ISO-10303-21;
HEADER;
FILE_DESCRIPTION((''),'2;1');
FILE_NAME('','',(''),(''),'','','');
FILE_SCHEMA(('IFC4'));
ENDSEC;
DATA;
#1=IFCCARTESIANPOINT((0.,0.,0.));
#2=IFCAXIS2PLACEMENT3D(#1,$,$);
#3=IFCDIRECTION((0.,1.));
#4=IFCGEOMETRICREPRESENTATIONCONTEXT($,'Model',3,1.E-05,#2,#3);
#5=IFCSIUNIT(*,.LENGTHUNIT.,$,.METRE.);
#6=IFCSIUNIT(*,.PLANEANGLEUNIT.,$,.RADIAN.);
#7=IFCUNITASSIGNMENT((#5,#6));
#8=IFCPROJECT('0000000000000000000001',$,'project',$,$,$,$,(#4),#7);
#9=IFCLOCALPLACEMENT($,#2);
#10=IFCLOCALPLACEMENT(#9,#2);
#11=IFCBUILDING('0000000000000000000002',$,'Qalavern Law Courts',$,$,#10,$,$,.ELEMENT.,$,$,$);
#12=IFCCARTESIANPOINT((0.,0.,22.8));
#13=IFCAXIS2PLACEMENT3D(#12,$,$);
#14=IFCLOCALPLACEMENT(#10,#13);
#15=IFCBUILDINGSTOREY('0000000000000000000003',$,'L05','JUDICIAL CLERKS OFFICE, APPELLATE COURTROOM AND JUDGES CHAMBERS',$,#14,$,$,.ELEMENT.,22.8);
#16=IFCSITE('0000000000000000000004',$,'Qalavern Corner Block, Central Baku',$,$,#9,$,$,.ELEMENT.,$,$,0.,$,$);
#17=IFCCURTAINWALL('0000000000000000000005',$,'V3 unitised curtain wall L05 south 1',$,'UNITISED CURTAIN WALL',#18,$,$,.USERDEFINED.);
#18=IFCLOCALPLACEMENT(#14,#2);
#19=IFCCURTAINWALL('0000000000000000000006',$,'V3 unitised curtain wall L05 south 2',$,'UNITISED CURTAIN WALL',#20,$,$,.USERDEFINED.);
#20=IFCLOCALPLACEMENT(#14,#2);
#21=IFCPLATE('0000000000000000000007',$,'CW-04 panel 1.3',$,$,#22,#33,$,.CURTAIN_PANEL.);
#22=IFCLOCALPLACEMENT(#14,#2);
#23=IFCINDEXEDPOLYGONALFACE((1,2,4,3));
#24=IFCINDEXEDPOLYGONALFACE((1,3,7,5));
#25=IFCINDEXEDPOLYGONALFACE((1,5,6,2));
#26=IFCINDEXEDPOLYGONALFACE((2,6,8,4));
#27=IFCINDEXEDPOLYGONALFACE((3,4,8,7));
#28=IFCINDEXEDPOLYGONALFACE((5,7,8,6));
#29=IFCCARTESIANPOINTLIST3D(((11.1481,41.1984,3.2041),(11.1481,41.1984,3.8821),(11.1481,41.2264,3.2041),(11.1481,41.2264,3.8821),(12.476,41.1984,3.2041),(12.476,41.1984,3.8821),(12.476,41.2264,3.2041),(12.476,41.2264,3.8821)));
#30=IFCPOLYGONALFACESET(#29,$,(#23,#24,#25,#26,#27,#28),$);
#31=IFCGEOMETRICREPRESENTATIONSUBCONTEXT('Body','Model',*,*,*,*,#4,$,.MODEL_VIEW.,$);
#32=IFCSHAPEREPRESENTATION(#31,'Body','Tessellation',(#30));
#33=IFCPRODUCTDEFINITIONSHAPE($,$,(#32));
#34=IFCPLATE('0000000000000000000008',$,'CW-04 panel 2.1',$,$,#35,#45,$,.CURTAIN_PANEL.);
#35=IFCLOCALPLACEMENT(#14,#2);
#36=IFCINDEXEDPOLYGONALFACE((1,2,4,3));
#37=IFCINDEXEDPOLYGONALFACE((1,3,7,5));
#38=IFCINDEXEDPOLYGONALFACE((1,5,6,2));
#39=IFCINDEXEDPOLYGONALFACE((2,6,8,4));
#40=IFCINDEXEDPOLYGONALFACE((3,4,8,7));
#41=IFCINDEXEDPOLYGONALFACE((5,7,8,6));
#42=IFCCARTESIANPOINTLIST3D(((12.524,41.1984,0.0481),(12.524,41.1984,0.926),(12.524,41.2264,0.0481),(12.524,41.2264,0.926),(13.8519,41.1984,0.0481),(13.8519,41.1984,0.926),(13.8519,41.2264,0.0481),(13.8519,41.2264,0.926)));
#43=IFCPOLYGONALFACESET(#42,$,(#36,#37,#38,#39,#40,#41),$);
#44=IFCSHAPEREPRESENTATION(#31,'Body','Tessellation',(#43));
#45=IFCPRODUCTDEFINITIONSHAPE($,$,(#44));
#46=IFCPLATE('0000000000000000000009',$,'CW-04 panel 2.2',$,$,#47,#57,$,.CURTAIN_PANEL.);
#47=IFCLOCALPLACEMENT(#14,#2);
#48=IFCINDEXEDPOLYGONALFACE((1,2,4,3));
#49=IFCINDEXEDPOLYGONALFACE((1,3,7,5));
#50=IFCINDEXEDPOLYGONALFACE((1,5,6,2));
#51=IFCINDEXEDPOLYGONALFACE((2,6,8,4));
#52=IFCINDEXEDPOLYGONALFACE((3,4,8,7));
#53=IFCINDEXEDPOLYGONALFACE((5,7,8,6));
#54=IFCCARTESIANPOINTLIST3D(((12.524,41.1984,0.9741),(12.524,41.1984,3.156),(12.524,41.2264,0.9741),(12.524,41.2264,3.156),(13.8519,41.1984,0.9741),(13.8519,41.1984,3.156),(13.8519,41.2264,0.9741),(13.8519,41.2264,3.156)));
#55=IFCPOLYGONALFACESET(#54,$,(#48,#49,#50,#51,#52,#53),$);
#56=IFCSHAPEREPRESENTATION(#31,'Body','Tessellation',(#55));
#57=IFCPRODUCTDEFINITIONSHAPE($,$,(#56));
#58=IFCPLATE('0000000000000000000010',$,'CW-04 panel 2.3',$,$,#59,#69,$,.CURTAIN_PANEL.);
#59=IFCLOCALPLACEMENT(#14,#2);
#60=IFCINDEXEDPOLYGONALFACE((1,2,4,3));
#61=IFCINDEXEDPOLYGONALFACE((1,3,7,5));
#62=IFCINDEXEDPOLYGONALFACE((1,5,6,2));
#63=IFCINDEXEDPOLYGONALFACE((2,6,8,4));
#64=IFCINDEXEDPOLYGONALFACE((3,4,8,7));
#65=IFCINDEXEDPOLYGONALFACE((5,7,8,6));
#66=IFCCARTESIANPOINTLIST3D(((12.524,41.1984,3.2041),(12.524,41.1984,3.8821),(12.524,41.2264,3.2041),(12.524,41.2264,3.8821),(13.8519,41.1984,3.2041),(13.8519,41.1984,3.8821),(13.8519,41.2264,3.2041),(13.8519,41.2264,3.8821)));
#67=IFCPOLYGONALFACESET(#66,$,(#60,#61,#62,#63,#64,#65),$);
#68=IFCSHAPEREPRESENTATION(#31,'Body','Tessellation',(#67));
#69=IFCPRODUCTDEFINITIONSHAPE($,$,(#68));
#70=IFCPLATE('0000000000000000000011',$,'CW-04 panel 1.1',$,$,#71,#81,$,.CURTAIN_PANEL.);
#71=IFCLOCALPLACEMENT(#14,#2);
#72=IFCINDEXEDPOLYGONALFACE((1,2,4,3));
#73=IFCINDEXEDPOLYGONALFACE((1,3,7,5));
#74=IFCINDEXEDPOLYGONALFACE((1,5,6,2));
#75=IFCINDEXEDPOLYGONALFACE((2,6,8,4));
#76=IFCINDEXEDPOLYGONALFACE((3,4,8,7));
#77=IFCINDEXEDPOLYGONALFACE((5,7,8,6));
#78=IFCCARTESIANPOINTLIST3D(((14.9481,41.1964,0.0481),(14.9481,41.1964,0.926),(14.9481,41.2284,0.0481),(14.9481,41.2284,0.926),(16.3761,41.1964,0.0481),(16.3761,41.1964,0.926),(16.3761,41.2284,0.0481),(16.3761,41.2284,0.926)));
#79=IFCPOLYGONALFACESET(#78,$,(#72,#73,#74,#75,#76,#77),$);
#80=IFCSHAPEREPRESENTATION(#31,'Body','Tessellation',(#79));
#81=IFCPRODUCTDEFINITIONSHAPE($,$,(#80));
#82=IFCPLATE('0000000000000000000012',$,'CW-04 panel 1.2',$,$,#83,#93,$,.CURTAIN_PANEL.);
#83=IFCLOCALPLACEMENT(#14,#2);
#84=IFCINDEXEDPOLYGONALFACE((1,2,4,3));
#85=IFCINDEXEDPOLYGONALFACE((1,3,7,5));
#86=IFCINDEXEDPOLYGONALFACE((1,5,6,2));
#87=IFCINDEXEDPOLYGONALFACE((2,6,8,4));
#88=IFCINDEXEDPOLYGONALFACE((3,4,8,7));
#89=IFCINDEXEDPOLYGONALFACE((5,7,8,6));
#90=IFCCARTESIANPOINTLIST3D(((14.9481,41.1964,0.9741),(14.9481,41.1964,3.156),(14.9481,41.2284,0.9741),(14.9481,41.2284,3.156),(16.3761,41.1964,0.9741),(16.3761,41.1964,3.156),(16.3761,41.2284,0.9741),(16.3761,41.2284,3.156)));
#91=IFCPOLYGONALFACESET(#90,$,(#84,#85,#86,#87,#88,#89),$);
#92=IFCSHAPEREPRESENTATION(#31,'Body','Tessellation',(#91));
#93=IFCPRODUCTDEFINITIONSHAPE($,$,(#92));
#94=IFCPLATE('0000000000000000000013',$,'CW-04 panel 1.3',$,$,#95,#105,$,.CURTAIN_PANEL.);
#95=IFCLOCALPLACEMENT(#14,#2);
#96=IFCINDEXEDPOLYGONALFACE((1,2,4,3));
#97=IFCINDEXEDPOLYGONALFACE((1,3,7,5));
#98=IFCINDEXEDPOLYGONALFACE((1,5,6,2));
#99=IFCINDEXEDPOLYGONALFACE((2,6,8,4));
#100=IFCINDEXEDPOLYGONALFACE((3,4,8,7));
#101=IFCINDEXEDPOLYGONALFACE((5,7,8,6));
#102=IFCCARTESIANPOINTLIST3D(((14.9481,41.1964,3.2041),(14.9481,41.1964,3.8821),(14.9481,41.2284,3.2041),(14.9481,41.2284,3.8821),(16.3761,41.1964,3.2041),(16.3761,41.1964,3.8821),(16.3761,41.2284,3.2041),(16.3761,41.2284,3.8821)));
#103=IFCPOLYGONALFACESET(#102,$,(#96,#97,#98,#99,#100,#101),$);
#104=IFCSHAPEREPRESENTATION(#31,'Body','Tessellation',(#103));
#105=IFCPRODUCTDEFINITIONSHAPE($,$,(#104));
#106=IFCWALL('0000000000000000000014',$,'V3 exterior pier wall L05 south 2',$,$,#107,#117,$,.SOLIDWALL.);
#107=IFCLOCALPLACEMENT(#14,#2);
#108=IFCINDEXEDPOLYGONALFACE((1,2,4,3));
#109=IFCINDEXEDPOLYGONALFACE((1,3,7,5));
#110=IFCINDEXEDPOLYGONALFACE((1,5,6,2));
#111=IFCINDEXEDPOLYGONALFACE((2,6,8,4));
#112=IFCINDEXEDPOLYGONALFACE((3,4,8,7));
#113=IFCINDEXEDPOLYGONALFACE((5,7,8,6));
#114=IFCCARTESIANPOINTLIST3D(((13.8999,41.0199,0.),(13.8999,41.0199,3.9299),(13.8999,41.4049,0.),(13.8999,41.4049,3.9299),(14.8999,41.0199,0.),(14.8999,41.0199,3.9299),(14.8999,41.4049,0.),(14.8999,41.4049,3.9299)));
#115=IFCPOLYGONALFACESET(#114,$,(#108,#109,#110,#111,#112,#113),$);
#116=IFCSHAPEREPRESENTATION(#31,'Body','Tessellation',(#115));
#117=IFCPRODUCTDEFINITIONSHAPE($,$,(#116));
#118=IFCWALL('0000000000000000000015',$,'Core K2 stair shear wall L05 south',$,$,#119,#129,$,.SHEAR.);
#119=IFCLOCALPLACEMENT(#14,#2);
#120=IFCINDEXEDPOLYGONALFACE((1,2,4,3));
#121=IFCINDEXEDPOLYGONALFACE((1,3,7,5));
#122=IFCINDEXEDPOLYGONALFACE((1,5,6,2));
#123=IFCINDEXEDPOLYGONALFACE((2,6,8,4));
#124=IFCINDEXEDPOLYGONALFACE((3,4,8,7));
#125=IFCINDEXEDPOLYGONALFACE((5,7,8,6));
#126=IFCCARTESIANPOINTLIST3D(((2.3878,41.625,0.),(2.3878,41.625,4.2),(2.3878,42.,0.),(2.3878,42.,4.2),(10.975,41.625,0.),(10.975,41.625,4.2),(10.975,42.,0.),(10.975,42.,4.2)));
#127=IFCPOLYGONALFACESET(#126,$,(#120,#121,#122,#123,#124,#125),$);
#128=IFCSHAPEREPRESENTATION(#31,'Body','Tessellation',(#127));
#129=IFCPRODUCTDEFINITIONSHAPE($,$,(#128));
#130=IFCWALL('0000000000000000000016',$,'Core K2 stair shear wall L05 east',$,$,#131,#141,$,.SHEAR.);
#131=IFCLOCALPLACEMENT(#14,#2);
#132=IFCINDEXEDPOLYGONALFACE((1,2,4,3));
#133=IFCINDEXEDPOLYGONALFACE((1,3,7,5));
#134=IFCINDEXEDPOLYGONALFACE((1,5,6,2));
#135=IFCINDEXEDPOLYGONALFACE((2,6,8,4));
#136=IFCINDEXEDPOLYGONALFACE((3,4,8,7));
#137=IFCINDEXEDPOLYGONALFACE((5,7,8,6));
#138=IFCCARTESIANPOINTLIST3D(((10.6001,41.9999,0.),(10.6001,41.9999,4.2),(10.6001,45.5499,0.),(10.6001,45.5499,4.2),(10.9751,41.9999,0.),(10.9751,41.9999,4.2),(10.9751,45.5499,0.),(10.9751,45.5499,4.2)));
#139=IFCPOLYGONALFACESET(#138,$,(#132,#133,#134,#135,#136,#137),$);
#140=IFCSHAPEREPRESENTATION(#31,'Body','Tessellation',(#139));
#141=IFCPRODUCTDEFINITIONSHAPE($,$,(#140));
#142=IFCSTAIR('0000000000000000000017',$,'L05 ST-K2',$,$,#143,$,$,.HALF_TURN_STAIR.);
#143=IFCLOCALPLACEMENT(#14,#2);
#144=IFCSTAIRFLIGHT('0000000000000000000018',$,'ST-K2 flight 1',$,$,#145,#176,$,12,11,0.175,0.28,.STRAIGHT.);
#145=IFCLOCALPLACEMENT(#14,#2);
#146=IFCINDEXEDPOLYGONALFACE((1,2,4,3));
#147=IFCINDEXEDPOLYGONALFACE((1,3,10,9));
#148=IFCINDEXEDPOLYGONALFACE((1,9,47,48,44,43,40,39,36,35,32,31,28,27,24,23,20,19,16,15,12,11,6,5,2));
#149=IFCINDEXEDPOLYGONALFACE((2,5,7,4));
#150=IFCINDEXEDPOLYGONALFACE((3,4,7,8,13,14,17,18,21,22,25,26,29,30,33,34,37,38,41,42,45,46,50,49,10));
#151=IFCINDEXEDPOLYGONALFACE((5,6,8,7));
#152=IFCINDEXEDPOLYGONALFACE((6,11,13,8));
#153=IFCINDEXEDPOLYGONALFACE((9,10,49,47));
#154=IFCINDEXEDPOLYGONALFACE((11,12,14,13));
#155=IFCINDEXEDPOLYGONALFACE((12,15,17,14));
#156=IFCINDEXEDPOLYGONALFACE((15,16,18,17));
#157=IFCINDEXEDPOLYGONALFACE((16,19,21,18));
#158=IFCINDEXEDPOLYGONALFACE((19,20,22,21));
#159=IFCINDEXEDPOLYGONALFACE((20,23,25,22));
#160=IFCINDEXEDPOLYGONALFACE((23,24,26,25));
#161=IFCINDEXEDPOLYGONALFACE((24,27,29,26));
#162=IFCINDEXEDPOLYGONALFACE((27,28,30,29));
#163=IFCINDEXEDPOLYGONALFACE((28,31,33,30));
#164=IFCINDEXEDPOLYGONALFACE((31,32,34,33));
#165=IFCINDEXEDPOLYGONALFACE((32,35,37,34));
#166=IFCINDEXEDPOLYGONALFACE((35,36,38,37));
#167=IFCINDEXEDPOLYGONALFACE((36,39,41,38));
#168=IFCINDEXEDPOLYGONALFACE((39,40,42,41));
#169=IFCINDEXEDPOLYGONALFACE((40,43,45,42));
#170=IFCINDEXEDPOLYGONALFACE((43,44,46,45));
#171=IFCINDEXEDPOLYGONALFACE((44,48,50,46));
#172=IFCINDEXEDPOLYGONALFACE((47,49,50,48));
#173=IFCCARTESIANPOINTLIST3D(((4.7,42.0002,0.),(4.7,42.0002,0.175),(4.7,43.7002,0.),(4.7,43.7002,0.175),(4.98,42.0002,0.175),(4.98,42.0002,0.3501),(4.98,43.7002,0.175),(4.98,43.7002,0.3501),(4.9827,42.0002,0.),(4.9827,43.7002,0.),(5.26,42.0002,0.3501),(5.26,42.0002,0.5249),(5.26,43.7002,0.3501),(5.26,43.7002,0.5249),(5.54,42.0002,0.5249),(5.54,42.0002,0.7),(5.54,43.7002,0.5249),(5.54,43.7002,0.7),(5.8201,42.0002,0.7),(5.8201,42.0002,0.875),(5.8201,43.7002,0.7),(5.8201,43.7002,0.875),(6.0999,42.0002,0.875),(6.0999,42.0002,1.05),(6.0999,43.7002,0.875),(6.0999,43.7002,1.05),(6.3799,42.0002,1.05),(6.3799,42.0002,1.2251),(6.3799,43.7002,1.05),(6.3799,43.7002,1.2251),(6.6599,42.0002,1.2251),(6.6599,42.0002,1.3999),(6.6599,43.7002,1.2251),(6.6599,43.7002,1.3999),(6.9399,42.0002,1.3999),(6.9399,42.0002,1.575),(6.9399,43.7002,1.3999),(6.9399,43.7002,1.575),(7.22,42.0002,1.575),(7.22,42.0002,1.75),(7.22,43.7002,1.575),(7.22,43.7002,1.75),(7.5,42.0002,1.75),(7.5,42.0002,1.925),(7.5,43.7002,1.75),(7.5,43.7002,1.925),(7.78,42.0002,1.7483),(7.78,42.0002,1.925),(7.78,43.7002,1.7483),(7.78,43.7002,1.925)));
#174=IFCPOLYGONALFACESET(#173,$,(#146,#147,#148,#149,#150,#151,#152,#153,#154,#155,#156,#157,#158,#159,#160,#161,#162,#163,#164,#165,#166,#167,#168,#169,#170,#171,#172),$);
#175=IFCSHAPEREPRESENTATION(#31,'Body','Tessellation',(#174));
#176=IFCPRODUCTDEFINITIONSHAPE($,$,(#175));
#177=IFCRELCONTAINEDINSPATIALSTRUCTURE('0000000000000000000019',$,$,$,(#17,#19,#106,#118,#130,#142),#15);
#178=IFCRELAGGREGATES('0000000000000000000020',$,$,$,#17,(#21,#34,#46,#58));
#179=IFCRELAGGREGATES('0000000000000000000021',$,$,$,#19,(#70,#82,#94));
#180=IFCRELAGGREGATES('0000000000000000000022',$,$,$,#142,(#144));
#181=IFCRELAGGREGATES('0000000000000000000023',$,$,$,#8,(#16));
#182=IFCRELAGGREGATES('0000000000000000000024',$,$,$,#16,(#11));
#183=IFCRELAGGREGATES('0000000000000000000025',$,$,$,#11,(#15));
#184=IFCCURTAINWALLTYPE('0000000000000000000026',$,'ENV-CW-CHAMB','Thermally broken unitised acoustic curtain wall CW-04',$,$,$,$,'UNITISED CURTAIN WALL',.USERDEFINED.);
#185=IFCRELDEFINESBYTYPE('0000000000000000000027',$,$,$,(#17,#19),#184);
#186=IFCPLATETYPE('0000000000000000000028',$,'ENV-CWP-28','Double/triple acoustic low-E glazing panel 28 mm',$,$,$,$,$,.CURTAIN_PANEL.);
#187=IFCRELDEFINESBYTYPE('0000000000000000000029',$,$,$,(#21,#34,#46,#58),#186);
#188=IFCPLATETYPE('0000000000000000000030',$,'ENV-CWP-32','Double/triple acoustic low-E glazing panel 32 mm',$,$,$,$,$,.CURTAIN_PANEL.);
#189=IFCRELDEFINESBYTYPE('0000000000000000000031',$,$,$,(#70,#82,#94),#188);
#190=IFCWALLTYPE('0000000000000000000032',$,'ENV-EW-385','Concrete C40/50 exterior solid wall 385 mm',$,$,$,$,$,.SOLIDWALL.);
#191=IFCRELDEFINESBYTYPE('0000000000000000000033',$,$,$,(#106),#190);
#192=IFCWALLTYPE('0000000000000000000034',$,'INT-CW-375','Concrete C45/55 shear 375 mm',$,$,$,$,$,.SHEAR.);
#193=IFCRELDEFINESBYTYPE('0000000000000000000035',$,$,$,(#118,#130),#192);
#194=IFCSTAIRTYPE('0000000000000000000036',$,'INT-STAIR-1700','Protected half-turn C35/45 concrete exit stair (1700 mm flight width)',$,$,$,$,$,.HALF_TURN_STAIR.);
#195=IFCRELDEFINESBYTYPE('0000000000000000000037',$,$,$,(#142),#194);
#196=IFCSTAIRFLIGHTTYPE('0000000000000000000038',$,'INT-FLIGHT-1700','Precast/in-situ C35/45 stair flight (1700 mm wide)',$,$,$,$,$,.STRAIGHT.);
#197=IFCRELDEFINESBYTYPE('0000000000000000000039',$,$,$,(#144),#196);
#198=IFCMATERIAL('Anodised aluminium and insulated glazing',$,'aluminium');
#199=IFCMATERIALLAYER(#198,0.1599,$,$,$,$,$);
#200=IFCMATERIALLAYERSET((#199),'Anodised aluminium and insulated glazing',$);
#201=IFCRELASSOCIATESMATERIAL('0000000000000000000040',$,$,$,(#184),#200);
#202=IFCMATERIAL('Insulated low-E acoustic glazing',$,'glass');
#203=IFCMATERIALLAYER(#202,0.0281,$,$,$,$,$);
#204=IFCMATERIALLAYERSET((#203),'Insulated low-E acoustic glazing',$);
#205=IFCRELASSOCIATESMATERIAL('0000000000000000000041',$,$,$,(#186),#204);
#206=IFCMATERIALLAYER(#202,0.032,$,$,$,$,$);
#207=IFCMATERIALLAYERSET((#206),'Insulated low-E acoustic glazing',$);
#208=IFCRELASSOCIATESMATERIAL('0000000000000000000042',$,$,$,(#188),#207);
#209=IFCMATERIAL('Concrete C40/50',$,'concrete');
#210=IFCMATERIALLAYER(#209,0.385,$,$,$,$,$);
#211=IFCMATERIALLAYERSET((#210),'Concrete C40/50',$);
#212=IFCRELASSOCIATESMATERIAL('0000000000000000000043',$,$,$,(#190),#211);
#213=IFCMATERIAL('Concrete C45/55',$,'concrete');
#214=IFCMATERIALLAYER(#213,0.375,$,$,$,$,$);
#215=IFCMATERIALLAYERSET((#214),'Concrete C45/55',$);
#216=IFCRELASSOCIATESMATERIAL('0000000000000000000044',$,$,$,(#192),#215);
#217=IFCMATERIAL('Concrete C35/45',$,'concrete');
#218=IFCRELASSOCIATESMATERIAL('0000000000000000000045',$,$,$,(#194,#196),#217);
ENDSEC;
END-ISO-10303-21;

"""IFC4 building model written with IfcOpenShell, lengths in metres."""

from ifc_helpers import new_model, si_unit, direction, frame, frame_2d, origin, origin_2d, place, context, subcontext, project, spatial, polyline, rectangle, outline, extrude, material, layer, layer_set, type_object, element, aggregate, save


model = new_model("IFC4")

# Units and contexts
model_context = context("Model", 3, precision=1e-05, world=origin(), true_north=direction((0.0, 1.0)))
body_context = subcontext(model_context, "Body", "Model", "MODEL_VIEW")
ifc_project = project(units=[si_unit("LENGTHUNIT", "METRE"), si_unit("PLANEANGLEUNIT", "RADIAN")], contexts=[model_context])

# Site, building, storey
site_placement = place(None, origin())
site = spatial("IfcSite", under=ifc_project, at=site_placement, Name="Qalavern Corner Block, Central Baku", CompositionType="ELEMENT", RefElevation=0.0)
building_placement = place(site_placement, origin())
building = spatial("IfcBuilding", under=site, at=building_placement, Name="Qalavern Law Courts", CompositionType="ELEMENT")
storey_placement = place(building_placement, frame((0.0, 0.0, 22.8)))
storey = spatial("IfcBuildingStorey", under=building, at=storey_placement, Name="L05", Description="JUDICIAL CLERKS OFFICE, APPELLATE COURTROOM AND JUDGES CHAMBERS", CompositionType="ELEMENT", Elevation=22.8)

# Shared definitions
ifc_material_1 = material(Name="Concrete C45/55", Category="concrete")

# Curtain walls
ifc_material_2 = material(Name="Anodised aluminium and insulated glazing", Category="aluminium")
ifc_layer_1 = layer(ifc_material_2, 0.1599)
ifc_layer_set_1 = layer_set([ifc_layer_1], Name="Anodised aluminium and insulated glazing")
curtain_wall_type = type_object("IfcCurtainWallType", Name="ENV-CW-CHAMB", Description="Thermally broken unitised acoustic curtain wall CW-04", ElementType="UNITISED CURTAIN WALL", PredefinedType="USERDEFINED", material=ifc_layer_set_1)
curtain_wall_1_placement = place(storey_placement, origin())
curtain_wall_1 = element("IfcCurtainWall", 1, at=curtain_wall_1_placement, inside=storey, type_object=curtain_wall_type, Name="V3 unitised curtain wall L05 south 1", ObjectType="UNITISED CURTAIN WALL", PredefinedType="USERDEFINED")
curtain_wall_2_placement = place(storey_placement, origin())
curtain_wall_2 = element("IfcCurtainWall", 2, at=curtain_wall_2_placement, inside=storey, type_object=curtain_wall_type, Name="V3 unitised curtain wall L05 south 2", ObjectType="UNITISED CURTAIN WALL", PredefinedType="USERDEFINED")

# Shared definitions
ifc_material_3 = material(Name="Concrete C35/45", Category="concrete")
ifc_material_4 = material(Name="Concrete C40/50", Category="concrete")

# Plates
ifc_material_5 = material(Name="Insulated low-E acoustic glazing", Category="glass")
ifc_layer_2 = layer(ifc_material_5, 0.0281)
ifc_layer_set_2 = layer_set([ifc_layer_2], Name="Insulated low-E acoustic glazing")
plate_type_1 = type_object("IfcPlateType", Name="ENV-CWP-28", Description="Double/triple acoustic low-E glazing panel 28 mm", PredefinedType="CURTAIN_PANEL", material=ifc_layer_set_2)
plate_1_placement = place(storey_placement, frame((11.812, 41.2124, 3.2041), z_axis=(0.0, 0.0, 1.0), x_axis=(1.0, 0.0, 0.0)))
plate_1 = element("IfcPlate", 3, at=plate_1_placement, type_object=plate_type_1, Name="CW-04 panel 1.3", PredefinedType="CURTAIN_PANEL", context=body_context, shape_type="SweptSolid", body=[
    extrude(rectangle(XDim=1.3279, YDim=0.0281, at=origin_2d()), origin(), (0.0, 0.0, 1.0), 0.678),
])
plate_2_placement = place(storey_placement, frame((13.188, 41.2124, 0.0481), z_axis=(0.0, 0.0, 1.0), x_axis=(1.0, 0.0, 0.0)))
plate_2 = element("IfcPlate", 4, at=plate_2_placement, type_object=plate_type_1, Name="CW-04 panel 2.1", PredefinedType="CURTAIN_PANEL", context=body_context, shape_type="SweptSolid", body=[
    extrude(rectangle(XDim=1.3279, YDim=0.0281, at=origin_2d()), origin(), (0.0, 0.0, 1.0), 0.8779),
])
plate_3_placement = place(storey_placement, frame((13.188, 41.2124, 0.9741), z_axis=(0.0, 0.0, 1.0), x_axis=(1.0, 0.0, 0.0)))
plate_3 = element("IfcPlate", 5, at=plate_3_placement, type_object=plate_type_1, Name="CW-04 panel 2.2", PredefinedType="CURTAIN_PANEL", context=body_context, shape_type="SweptSolid", body=[
    extrude(rectangle(XDim=1.3279, YDim=0.0281, at=origin_2d()), origin(), (0.0, 0.0, 1.0), 2.1819),
])
plate_4_placement = place(storey_placement, frame((13.188, 41.2124, 3.2041), z_axis=(0.0, 0.0, 1.0), x_axis=(1.0, 0.0, 0.0)))
plate_4 = element("IfcPlate", 6, at=plate_4_placement, type_object=plate_type_1, Name="CW-04 panel 2.3", PredefinedType="CURTAIN_PANEL", context=body_context, shape_type="SweptSolid", body=[
    extrude(rectangle(XDim=1.3279, YDim=0.0281, at=origin_2d()), origin(), (0.0, 0.0, 1.0), 0.678),
])
aggregate(curtain_wall_1, [plate_1, plate_2, plate_3, plate_4])
ifc_layer_3 = layer(ifc_material_5, 0.032)
ifc_layer_set_3 = layer_set([ifc_layer_3], Name="Insulated low-E acoustic glazing")
plate_type_2 = type_object("IfcPlateType", Name="ENV-CWP-32", Description="Double/triple acoustic low-E glazing panel 32 mm", PredefinedType="CURTAIN_PANEL", material=ifc_layer_set_3)
plate_5_placement = place(storey_placement, frame((15.6621, 41.2124, 0.0481), z_axis=(0.0, 0.0, 1.0), x_axis=(1.0, 0.0, 0.0)))
plate_5 = element("IfcPlate", 7, at=plate_5_placement, type_object=plate_type_2, Name="CW-04 panel 1.1", PredefinedType="CURTAIN_PANEL", context=body_context, shape_type="SweptSolid", body=[
    extrude(rectangle(XDim=1.428, YDim=0.032, at=origin_2d()), origin(), (0.0, 0.0, 1.0), 0.8779),
])
plate_6_placement = place(storey_placement, frame((15.6621, 41.2124, 0.9741), z_axis=(0.0, 0.0, 1.0), x_axis=(1.0, 0.0, 0.0)))
plate_6 = element("IfcPlate", 8, at=plate_6_placement, type_object=plate_type_2, Name="CW-04 panel 1.2", PredefinedType="CURTAIN_PANEL", context=body_context, shape_type="SweptSolid", body=[
    extrude(rectangle(XDim=1.428, YDim=0.032, at=origin_2d()), origin(), (0.0, 0.0, 1.0), 2.1819),
])
plate_7_placement = place(storey_placement, frame((15.6621, 41.2124, 3.2041), z_axis=(0.0, 0.0, 1.0), x_axis=(1.0, 0.0, 0.0)))
plate_7 = element("IfcPlate", 9, at=plate_7_placement, type_object=plate_type_2, Name="CW-04 panel 1.3", PredefinedType="CURTAIN_PANEL", context=body_context, shape_type="SweptSolid", body=[
    extrude(rectangle(XDim=1.428, YDim=0.032, at=origin_2d()), origin(), (0.0, 0.0, 1.0), 0.678),
])
aggregate(curtain_wall_2, [plate_5, plate_6, plate_7])

# Walls
ifc_layer_4 = layer(ifc_material_4, 0.385)
ifc_layer_set_4 = layer_set([ifc_layer_4], Name="Concrete C40/50")
wall_type_1 = type_object("IfcWallType", Name="ENV-EW-385", Description="Concrete C40/50 exterior solid wall 385 mm", PredefinedType="SOLIDWALL", material=ifc_layer_set_4)
wall_1_placement = place(storey_placement, frame((13.8999, 41.2124, 0.0), z_axis=(0.0, 0.0, 1.0), x_axis=(1.0, 0.0, 0.0)))
element("IfcWall", 10, at=wall_1_placement, inside=storey, type_object=wall_type_1, Name="V3 exterior pier wall L05 south 2", PredefinedType="SOLIDWALL", context=body_context, shape_type="SweptSolid", body=[
    extrude(rectangle(XDim=1.0, YDim=0.385, at=frame_2d((0.5, 0.0))), origin(), (0.0, 0.0, 1.0), 3.9299),
])
ifc_layer_5 = layer(ifc_material_1, 0.375)
ifc_layer_set_5 = layer_set([ifc_layer_5], Name="Concrete C45/55")
wall_type_2 = type_object("IfcWallType", Name="INT-CW-375", Description="Concrete C45/55 shear 375 mm", PredefinedType="SHEAR", material=ifc_layer_set_5)
wall_2_placement = place(storey_placement, frame((2.3879, 41.8125, 0.0), z_axis=(0.0, 0.0, 1.0), x_axis=(1.0, 0.0, 0.0)))
element("IfcWall", 11, at=wall_2_placement, inside=storey, type_object=wall_type_2, Name="Core K2 stair shear wall L05 south", PredefinedType="SHEAR", context=body_context, shape_type="SweptSolid", body=[
    extrude(rectangle(XDim=8.5872, YDim=0.375, at=frame_2d((4.2935, 0.0))), origin(), (0.0, 0.0, 1.0), 4.2),
])
wall_3_placement = place(storey_placement, frame((10.7876, 42.0, 0.0), z_axis=(0.0, 0.0, 1.0), x_axis=(0.0, 1.0, 0.0)))
element("IfcWall", 12, at=wall_3_placement, inside=storey, type_object=wall_type_2, Name="Core K2 stair shear wall L05 east", PredefinedType="SHEAR", context=body_context, shape_type="SweptSolid", body=[
    extrude(rectangle(XDim=3.55, YDim=0.375, at=frame_2d((1.7749, 0.0))), origin(), (0.0, 0.0, 1.0), 4.2),
])

# Stair, stair flight
stair_type = type_object("IfcStairType", Name="INT-STAIR-1700", Description="Protected half-turn C35/45 concrete exit stair (1700 mm flight width)", PredefinedType="HALF_TURN_STAIR", material=ifc_material_3)
stair_placement = place(storey_placement, origin())
stair = element("IfcStair", 13, at=stair_placement, inside=storey, type_object=stair_type, Name="L05 ST-K2", PredefinedType="HALF_TURN_STAIR")
stair_flight_type = type_object("IfcStairFlightType", Name="INT-FLIGHT-1700", Description="Precast/in-situ C35/45 stair flight (1700 mm wide)", PredefinedType="STRAIGHT", material=ifc_material_3)
stair_flight_1_placement = place(storey_placement, frame((4.7, 42.8501, 0.0), z_axis=(0.0, 0.0, 1.0), x_axis=(1.0, 0.0, 0.0)))
stair_flight_1 = element("IfcStairFlight", 14, at=stair_flight_1_placement, type_object=stair_flight_type, Name="ST-K2 flight 1", NumberOfRisers=12, NumberOfTreads=11, PredefinedType="STRAIGHT", RiserHeight=0.175, TreadLength=0.28, context=body_context, shape_type="SweptSolid", body=[
    extrude(outline(polyline([(0.0, 0.0), (0.0, 0.175), (0.28, 0.175), (0.28, 0.3501), (0.5601, 0.3501), (0.5601, 0.5249), (0.8401, 0.5249), (0.8401, 0.7), (1.1201, 0.7), (1.1201, 0.875), (1.3999, 0.875), (1.3999, 1.05), (1.6799, 1.05), (1.6799, 1.2251), (1.96, 1.2251), (1.96, 1.3999), (2.24, 1.3999), (2.24, 1.575), (2.52, 1.575), (2.52, 1.75), (2.8, 1.75), (2.8, 1.925), (3.0801, 1.925), (3.0801, 2.1001), (3.0801, 1.7483), (0.2827, 0.0), (0.0, 0.0)])), frame((0.0, 0.8501, 0.0), z_axis=(0.0, -1.0, 0.0), x_axis=(1.0, 0.0, 0.0)), (0.0, 0.0, 1.0), 1.7),
])
aggregate(stair, [stair_flight_1])

save(model, "model.ifc")
